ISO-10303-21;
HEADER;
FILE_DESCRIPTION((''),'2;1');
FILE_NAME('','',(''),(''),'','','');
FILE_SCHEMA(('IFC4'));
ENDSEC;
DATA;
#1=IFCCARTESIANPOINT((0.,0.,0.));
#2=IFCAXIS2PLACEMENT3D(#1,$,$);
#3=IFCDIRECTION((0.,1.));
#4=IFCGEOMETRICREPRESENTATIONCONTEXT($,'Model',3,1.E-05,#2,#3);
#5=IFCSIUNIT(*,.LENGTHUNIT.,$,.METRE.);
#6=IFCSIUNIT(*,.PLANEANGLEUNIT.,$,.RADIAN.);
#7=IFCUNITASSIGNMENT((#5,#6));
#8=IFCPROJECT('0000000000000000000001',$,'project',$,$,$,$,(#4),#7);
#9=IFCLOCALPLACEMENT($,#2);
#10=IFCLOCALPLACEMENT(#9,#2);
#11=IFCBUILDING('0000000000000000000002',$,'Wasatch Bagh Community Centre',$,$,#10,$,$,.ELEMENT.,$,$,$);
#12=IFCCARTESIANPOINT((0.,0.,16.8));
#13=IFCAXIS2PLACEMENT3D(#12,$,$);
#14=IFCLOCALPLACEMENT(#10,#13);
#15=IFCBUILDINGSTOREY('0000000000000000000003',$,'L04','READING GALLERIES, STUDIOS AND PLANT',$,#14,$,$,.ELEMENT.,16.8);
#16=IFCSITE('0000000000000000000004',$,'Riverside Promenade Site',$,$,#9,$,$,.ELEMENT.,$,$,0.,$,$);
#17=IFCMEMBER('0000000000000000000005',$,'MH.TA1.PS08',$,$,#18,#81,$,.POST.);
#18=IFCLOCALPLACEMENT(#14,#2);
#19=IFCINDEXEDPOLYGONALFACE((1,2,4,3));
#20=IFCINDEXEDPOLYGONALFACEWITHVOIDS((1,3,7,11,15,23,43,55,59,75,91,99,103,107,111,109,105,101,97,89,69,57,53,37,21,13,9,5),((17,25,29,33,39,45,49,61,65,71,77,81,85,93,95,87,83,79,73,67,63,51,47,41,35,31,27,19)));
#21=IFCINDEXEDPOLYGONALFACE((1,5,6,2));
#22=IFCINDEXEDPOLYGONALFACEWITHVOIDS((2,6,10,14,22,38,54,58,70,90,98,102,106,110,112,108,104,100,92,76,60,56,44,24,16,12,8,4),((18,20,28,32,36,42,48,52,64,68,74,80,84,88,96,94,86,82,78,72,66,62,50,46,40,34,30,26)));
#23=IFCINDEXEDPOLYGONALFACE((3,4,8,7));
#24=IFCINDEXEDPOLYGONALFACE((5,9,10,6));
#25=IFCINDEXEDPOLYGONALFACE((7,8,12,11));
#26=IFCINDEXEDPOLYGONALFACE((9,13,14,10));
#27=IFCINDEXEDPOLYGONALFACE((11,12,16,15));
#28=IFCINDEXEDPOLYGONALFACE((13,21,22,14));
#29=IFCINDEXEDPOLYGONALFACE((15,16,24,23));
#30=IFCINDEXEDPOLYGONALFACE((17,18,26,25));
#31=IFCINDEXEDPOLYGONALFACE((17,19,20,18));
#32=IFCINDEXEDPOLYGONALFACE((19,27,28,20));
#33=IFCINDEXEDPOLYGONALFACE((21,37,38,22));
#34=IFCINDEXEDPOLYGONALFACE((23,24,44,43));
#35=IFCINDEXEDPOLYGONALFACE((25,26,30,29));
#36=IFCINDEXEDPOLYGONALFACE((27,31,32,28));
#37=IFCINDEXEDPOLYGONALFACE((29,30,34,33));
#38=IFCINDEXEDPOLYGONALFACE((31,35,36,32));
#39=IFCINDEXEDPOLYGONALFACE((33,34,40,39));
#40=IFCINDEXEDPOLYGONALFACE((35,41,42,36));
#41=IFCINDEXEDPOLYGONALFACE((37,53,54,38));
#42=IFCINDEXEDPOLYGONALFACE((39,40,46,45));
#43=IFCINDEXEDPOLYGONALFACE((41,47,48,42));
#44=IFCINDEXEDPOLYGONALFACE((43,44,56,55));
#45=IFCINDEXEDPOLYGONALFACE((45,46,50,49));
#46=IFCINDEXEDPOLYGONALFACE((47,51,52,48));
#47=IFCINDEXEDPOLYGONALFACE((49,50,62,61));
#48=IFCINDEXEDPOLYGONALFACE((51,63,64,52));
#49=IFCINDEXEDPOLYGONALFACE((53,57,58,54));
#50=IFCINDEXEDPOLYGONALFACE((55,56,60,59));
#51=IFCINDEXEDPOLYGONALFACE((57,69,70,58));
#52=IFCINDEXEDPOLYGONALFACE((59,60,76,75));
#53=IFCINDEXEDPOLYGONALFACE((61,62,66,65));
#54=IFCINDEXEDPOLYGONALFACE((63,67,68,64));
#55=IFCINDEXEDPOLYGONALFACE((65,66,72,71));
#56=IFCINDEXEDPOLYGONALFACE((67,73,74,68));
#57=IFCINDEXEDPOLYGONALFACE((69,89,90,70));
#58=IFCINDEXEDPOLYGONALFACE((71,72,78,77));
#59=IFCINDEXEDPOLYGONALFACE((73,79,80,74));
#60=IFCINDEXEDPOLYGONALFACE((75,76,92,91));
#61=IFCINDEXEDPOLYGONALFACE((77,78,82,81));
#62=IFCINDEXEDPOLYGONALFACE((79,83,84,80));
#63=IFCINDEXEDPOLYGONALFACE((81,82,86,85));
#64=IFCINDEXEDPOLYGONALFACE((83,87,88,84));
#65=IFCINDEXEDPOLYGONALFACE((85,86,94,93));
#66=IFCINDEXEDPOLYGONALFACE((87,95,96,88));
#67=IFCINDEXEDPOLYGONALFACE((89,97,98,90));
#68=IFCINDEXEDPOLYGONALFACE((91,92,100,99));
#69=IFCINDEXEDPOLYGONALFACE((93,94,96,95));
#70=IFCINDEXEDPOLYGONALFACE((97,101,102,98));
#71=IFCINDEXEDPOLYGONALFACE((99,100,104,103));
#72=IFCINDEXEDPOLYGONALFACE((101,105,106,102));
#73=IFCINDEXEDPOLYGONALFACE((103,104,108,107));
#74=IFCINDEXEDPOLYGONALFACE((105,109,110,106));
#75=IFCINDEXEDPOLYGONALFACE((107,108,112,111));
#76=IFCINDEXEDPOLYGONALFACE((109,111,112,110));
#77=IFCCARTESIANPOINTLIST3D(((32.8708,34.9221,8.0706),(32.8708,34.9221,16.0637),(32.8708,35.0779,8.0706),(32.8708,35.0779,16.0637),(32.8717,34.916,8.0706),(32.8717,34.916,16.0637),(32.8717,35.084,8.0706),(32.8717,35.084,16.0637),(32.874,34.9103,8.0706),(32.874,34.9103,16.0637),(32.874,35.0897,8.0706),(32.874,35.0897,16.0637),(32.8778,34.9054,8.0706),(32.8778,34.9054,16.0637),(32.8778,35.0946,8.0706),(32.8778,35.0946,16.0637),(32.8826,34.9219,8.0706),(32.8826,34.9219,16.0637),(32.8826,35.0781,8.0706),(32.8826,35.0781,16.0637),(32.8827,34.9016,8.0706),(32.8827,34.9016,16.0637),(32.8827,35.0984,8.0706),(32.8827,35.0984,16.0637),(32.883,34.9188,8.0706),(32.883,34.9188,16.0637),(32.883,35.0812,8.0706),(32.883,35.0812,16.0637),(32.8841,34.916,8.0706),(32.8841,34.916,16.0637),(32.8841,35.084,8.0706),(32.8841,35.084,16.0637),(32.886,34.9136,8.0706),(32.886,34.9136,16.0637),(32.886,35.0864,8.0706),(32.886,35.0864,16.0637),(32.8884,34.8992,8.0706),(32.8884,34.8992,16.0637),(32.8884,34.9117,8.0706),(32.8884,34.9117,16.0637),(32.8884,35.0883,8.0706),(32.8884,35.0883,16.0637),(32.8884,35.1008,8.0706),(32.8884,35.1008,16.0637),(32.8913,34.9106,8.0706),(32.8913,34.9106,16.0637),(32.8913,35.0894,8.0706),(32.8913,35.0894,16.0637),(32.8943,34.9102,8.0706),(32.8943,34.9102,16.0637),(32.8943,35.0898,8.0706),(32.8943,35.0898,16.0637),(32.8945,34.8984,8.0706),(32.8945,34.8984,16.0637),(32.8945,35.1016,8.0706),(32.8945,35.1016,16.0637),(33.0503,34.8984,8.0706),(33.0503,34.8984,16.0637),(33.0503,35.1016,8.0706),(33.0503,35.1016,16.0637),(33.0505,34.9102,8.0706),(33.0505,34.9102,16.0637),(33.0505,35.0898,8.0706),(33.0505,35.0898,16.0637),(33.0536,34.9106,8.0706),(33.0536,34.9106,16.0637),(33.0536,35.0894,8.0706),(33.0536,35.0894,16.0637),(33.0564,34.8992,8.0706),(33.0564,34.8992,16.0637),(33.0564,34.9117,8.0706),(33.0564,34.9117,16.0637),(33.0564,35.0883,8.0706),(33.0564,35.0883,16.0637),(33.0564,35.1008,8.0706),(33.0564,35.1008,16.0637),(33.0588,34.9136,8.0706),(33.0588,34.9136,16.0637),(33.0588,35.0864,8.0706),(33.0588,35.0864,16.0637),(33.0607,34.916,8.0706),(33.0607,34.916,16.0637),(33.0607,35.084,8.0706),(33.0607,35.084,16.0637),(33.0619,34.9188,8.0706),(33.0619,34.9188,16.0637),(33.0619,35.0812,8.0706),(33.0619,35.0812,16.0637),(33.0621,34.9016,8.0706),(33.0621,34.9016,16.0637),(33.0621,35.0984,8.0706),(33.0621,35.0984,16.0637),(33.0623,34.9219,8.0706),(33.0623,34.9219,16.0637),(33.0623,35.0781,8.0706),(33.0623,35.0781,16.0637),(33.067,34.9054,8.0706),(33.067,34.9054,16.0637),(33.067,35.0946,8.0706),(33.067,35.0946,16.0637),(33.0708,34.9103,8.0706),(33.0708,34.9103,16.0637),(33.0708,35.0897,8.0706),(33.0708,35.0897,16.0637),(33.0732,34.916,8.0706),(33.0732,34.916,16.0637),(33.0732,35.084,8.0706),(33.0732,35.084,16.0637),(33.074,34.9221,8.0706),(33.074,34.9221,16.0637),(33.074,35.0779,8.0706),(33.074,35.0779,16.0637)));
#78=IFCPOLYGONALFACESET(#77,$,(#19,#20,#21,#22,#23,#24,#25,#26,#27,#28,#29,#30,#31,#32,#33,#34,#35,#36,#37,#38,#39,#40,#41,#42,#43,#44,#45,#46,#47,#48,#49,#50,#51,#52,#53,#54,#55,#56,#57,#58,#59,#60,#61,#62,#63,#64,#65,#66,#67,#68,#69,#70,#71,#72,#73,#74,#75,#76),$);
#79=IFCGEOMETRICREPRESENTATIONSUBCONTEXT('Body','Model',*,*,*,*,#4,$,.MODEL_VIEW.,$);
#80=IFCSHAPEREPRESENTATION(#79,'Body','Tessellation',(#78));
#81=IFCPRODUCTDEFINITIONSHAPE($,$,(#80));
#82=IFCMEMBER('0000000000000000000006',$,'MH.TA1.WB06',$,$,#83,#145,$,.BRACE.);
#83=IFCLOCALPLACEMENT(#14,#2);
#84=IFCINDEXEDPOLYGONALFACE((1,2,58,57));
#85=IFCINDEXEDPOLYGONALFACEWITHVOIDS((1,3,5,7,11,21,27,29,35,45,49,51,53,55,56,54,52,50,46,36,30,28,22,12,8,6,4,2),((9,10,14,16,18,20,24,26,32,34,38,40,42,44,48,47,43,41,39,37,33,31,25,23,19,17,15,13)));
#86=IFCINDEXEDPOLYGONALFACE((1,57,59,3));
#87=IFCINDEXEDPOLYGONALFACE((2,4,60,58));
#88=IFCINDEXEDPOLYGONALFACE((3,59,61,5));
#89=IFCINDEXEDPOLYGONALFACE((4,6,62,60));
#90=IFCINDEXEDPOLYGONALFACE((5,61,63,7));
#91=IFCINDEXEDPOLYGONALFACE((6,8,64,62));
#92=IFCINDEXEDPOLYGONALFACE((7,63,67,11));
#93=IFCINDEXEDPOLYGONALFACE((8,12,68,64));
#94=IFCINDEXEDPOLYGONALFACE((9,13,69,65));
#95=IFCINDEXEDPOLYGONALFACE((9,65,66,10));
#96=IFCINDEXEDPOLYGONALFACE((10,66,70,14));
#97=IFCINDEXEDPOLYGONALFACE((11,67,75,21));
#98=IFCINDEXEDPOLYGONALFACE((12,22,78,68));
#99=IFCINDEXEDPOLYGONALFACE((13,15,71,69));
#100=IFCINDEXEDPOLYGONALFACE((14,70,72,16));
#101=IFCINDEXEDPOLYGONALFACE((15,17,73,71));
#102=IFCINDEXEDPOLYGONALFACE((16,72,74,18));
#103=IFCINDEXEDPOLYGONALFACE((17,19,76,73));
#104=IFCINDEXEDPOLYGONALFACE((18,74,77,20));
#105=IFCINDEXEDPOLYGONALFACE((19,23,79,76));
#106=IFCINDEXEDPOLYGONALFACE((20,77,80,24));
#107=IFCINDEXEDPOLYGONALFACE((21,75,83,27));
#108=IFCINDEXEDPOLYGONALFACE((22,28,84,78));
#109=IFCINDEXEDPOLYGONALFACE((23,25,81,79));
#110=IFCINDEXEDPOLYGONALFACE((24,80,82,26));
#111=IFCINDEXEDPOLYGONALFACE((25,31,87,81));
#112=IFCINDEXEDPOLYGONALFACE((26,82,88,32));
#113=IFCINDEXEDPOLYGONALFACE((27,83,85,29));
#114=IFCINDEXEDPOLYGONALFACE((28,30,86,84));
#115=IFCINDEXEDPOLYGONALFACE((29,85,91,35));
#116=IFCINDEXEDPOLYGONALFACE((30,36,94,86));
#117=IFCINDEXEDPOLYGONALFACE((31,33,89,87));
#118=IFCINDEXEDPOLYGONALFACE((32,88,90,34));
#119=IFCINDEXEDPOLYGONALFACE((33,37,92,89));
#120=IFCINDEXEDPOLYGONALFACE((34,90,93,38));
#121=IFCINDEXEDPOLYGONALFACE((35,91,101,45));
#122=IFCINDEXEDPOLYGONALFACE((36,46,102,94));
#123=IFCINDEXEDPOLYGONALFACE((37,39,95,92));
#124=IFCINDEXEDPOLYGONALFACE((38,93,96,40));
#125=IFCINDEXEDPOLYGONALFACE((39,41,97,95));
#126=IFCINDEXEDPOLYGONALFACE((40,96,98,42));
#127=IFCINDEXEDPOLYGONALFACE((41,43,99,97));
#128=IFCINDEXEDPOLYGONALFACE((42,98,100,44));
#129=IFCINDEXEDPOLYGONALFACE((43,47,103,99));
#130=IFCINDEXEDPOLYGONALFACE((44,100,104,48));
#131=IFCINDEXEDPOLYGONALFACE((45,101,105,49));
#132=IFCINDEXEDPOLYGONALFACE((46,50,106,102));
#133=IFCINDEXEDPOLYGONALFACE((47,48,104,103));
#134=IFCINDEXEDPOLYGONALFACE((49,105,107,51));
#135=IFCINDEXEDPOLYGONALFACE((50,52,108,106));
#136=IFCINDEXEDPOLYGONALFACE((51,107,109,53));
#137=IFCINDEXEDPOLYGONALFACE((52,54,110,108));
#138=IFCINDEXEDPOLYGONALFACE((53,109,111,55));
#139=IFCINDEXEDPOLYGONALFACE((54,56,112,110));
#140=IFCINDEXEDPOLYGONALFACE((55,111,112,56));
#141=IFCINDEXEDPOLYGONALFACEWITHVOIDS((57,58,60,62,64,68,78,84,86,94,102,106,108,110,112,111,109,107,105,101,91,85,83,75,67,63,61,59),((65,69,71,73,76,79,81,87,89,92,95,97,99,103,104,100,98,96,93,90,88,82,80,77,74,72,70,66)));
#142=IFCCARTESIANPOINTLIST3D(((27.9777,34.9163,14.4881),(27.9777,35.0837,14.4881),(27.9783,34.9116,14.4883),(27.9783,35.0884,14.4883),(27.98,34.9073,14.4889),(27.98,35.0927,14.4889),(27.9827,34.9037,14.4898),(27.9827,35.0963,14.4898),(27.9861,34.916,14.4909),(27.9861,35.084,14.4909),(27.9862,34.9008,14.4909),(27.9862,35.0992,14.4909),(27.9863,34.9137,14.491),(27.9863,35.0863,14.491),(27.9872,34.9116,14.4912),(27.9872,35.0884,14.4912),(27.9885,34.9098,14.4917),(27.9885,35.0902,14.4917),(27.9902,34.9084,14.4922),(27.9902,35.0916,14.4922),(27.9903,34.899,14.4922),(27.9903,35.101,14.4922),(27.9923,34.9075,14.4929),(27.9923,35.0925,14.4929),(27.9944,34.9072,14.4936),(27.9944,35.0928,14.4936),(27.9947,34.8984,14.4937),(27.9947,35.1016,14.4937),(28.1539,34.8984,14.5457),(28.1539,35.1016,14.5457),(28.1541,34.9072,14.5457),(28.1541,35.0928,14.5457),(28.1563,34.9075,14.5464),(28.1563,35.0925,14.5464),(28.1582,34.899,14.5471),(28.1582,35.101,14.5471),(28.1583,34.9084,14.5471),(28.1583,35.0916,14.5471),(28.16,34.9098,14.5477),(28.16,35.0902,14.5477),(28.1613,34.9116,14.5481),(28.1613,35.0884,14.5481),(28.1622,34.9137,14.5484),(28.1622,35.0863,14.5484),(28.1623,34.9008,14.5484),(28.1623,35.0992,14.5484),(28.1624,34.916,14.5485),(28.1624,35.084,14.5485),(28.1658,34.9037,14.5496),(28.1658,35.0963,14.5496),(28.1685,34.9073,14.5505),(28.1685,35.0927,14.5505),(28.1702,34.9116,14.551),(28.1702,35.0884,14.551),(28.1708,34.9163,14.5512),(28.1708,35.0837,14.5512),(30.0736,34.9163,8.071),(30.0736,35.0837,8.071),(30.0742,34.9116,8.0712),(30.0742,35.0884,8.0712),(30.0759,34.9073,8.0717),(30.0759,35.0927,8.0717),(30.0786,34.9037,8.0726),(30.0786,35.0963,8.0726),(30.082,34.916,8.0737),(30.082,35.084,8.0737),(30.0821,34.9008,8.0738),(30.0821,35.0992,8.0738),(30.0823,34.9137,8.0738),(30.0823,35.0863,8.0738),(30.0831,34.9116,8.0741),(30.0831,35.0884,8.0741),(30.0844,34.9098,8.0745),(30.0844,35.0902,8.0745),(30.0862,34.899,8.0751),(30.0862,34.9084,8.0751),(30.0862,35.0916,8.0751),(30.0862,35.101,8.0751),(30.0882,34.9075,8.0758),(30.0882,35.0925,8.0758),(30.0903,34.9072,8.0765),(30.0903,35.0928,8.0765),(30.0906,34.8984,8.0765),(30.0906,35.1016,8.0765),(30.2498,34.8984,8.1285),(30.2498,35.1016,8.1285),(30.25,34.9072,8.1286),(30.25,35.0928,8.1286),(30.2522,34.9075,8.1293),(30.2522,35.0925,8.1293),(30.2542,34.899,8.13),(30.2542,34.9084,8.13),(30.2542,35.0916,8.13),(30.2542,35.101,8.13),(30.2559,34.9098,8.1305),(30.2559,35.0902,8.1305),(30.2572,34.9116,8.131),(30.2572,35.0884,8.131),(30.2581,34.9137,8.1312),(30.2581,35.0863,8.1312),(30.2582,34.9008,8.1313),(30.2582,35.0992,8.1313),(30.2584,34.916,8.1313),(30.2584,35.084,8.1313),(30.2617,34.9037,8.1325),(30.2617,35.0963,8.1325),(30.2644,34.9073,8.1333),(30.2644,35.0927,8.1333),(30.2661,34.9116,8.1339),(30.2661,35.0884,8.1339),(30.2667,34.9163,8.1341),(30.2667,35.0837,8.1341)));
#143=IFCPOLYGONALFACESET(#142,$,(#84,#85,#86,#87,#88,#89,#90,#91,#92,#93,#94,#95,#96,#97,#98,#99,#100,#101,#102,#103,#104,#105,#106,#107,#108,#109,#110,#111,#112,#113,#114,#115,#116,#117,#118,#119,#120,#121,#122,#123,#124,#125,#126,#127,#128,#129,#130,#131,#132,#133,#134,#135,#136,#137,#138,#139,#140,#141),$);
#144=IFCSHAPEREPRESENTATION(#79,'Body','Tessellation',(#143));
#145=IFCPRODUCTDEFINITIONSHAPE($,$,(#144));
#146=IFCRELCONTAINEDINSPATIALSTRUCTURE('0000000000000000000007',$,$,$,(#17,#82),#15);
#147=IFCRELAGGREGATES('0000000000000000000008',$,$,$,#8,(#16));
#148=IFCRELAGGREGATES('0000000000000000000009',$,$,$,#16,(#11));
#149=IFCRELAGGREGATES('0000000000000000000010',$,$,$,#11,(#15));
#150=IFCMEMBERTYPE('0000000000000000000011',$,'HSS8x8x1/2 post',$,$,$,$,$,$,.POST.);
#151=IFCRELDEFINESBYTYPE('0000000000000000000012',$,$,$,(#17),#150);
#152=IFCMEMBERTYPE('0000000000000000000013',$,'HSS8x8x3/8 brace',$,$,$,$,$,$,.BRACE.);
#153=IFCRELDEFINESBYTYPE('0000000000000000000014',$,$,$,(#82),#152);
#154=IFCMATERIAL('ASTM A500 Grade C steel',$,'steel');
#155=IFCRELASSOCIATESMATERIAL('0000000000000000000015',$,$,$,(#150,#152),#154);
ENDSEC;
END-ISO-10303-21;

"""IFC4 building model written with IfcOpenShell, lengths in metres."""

from ifc_helpers import new_model, si_unit, direction, frame, origin, origin_2d, place, context, subcontext, project, spatial, hollow_rectangle, extrude, material, material_profile, profile_set, type_object, element, save


model = new_model("IFC4")

# Units and contexts
model_context = context("Model", 3, precision=1e-05, world=origin(), true_north=direction((0.0, 1.0)))
body_context = subcontext(model_context, "Body", "Model", "MODEL_VIEW")
ifc_project = project(units=[si_unit("LENGTHUNIT", "METRE"), si_unit("PLANEANGLEUNIT", "RADIAN")], contexts=[model_context])

# Site, building, storey
site_placement = place(None, origin())
site = spatial("IfcSite", under=ifc_project, at=site_placement, Name="Riverside Promenade Site", CompositionType="ELEMENT", RefElevation=0.0)
building_placement = place(site_placement, origin())
building = spatial("IfcBuilding", under=site, at=building_placement, Name="Wasatch Bagh Community Centre", CompositionType="ELEMENT")
storey_placement = place(building_placement, frame((0.0, 0.0, 16.8)))
storey = spatial("IfcBuildingStorey", under=building, at=storey_placement, Name="L04", Description="READING GALLERIES, STUDIOS AND PLANT", CompositionType="ELEMENT", Elevation=16.8)

# Members
ifc_material_1 = material(Name="ASTM A500 Grade C steel", Category="steel")
ifc_material_profile_1 = material_profile(ifc_material_1, hollow_rectangle(XDim=0.2031, YDim=0.2031, WallThickness=0.0117, InnerFilletRadius=0.0117, OuterFilletRadius=0.0237, at=origin_2d()), Name="HSS8x8x1/2")
ifc_profile_set_1 = profile_set([ifc_material_profile_1], Name="ASTM A500 Grade C steel")
member_type_1 = type_object("IfcMemberType", Name="HSS8x8x1/2 post", PredefinedType="POST", material=ifc_profile_set_1)
member_1_placement = place(storey_placement, frame((32.9724, 35.0, 8.0706), z_axis=(0.0, 0.0, 1.0), x_axis=(1.0, 0.0, 0.0)))
element("IfcMember", 1, at=member_1_placement, inside=storey, type_object=member_type_1, Name="MH.TA1.PS08", PredefinedType="POST", context=body_context, shape_type="SweptSolid", body=[
    extrude(hollow_rectangle(XDim=0.2031, YDim=0.2031, WallThickness=0.0117, InnerFilletRadius=0.0117, OuterFilletRadius=0.0237, at=origin_2d()), origin(), (0.0, 0.0, 1.0), 7.9932),
])
ifc_material_profile_2 = material_profile(ifc_material_1, hollow_rectangle(XDim=0.2031, YDim=0.2031, WallThickness=0.0088, InnerFilletRadius=0.0088, OuterFilletRadius=0.0178, at=origin_2d()), Name="HSS8x8x3/8")
ifc_profile_set_2 = profile_set([ifc_material_profile_2], Name="ASTM A500 Grade C steel")
member_type_2 = type_object("IfcMemberType", Name="HSS8x8x3/8 brace", PredefinedType="BRACE", material=ifc_profile_set_2)
member_2_placement = place(storey_placement, frame((30.1702, 35.0, 8.1025), z_axis=(-0.310472, 0.0, 0.950583), x_axis=(0.0, -1.0, 0.0)))
element("IfcMember", 2, at=member_2_placement, inside=storey, type_object=member_type_2, Name="MH.TA1.WB06", PredefinedType="BRACE", context=body_context, shape_type="SweptSolid", body=[
    extrude(hollow_rectangle(XDim=0.2031, YDim=0.2031, WallThickness=0.0088, InnerFilletRadius=0.0088, OuterFilletRadius=0.0178, at=origin_2d()), origin(), (0.0, 0.0, 1.0), 6.7507),
])

save(model, "model.ifc")
